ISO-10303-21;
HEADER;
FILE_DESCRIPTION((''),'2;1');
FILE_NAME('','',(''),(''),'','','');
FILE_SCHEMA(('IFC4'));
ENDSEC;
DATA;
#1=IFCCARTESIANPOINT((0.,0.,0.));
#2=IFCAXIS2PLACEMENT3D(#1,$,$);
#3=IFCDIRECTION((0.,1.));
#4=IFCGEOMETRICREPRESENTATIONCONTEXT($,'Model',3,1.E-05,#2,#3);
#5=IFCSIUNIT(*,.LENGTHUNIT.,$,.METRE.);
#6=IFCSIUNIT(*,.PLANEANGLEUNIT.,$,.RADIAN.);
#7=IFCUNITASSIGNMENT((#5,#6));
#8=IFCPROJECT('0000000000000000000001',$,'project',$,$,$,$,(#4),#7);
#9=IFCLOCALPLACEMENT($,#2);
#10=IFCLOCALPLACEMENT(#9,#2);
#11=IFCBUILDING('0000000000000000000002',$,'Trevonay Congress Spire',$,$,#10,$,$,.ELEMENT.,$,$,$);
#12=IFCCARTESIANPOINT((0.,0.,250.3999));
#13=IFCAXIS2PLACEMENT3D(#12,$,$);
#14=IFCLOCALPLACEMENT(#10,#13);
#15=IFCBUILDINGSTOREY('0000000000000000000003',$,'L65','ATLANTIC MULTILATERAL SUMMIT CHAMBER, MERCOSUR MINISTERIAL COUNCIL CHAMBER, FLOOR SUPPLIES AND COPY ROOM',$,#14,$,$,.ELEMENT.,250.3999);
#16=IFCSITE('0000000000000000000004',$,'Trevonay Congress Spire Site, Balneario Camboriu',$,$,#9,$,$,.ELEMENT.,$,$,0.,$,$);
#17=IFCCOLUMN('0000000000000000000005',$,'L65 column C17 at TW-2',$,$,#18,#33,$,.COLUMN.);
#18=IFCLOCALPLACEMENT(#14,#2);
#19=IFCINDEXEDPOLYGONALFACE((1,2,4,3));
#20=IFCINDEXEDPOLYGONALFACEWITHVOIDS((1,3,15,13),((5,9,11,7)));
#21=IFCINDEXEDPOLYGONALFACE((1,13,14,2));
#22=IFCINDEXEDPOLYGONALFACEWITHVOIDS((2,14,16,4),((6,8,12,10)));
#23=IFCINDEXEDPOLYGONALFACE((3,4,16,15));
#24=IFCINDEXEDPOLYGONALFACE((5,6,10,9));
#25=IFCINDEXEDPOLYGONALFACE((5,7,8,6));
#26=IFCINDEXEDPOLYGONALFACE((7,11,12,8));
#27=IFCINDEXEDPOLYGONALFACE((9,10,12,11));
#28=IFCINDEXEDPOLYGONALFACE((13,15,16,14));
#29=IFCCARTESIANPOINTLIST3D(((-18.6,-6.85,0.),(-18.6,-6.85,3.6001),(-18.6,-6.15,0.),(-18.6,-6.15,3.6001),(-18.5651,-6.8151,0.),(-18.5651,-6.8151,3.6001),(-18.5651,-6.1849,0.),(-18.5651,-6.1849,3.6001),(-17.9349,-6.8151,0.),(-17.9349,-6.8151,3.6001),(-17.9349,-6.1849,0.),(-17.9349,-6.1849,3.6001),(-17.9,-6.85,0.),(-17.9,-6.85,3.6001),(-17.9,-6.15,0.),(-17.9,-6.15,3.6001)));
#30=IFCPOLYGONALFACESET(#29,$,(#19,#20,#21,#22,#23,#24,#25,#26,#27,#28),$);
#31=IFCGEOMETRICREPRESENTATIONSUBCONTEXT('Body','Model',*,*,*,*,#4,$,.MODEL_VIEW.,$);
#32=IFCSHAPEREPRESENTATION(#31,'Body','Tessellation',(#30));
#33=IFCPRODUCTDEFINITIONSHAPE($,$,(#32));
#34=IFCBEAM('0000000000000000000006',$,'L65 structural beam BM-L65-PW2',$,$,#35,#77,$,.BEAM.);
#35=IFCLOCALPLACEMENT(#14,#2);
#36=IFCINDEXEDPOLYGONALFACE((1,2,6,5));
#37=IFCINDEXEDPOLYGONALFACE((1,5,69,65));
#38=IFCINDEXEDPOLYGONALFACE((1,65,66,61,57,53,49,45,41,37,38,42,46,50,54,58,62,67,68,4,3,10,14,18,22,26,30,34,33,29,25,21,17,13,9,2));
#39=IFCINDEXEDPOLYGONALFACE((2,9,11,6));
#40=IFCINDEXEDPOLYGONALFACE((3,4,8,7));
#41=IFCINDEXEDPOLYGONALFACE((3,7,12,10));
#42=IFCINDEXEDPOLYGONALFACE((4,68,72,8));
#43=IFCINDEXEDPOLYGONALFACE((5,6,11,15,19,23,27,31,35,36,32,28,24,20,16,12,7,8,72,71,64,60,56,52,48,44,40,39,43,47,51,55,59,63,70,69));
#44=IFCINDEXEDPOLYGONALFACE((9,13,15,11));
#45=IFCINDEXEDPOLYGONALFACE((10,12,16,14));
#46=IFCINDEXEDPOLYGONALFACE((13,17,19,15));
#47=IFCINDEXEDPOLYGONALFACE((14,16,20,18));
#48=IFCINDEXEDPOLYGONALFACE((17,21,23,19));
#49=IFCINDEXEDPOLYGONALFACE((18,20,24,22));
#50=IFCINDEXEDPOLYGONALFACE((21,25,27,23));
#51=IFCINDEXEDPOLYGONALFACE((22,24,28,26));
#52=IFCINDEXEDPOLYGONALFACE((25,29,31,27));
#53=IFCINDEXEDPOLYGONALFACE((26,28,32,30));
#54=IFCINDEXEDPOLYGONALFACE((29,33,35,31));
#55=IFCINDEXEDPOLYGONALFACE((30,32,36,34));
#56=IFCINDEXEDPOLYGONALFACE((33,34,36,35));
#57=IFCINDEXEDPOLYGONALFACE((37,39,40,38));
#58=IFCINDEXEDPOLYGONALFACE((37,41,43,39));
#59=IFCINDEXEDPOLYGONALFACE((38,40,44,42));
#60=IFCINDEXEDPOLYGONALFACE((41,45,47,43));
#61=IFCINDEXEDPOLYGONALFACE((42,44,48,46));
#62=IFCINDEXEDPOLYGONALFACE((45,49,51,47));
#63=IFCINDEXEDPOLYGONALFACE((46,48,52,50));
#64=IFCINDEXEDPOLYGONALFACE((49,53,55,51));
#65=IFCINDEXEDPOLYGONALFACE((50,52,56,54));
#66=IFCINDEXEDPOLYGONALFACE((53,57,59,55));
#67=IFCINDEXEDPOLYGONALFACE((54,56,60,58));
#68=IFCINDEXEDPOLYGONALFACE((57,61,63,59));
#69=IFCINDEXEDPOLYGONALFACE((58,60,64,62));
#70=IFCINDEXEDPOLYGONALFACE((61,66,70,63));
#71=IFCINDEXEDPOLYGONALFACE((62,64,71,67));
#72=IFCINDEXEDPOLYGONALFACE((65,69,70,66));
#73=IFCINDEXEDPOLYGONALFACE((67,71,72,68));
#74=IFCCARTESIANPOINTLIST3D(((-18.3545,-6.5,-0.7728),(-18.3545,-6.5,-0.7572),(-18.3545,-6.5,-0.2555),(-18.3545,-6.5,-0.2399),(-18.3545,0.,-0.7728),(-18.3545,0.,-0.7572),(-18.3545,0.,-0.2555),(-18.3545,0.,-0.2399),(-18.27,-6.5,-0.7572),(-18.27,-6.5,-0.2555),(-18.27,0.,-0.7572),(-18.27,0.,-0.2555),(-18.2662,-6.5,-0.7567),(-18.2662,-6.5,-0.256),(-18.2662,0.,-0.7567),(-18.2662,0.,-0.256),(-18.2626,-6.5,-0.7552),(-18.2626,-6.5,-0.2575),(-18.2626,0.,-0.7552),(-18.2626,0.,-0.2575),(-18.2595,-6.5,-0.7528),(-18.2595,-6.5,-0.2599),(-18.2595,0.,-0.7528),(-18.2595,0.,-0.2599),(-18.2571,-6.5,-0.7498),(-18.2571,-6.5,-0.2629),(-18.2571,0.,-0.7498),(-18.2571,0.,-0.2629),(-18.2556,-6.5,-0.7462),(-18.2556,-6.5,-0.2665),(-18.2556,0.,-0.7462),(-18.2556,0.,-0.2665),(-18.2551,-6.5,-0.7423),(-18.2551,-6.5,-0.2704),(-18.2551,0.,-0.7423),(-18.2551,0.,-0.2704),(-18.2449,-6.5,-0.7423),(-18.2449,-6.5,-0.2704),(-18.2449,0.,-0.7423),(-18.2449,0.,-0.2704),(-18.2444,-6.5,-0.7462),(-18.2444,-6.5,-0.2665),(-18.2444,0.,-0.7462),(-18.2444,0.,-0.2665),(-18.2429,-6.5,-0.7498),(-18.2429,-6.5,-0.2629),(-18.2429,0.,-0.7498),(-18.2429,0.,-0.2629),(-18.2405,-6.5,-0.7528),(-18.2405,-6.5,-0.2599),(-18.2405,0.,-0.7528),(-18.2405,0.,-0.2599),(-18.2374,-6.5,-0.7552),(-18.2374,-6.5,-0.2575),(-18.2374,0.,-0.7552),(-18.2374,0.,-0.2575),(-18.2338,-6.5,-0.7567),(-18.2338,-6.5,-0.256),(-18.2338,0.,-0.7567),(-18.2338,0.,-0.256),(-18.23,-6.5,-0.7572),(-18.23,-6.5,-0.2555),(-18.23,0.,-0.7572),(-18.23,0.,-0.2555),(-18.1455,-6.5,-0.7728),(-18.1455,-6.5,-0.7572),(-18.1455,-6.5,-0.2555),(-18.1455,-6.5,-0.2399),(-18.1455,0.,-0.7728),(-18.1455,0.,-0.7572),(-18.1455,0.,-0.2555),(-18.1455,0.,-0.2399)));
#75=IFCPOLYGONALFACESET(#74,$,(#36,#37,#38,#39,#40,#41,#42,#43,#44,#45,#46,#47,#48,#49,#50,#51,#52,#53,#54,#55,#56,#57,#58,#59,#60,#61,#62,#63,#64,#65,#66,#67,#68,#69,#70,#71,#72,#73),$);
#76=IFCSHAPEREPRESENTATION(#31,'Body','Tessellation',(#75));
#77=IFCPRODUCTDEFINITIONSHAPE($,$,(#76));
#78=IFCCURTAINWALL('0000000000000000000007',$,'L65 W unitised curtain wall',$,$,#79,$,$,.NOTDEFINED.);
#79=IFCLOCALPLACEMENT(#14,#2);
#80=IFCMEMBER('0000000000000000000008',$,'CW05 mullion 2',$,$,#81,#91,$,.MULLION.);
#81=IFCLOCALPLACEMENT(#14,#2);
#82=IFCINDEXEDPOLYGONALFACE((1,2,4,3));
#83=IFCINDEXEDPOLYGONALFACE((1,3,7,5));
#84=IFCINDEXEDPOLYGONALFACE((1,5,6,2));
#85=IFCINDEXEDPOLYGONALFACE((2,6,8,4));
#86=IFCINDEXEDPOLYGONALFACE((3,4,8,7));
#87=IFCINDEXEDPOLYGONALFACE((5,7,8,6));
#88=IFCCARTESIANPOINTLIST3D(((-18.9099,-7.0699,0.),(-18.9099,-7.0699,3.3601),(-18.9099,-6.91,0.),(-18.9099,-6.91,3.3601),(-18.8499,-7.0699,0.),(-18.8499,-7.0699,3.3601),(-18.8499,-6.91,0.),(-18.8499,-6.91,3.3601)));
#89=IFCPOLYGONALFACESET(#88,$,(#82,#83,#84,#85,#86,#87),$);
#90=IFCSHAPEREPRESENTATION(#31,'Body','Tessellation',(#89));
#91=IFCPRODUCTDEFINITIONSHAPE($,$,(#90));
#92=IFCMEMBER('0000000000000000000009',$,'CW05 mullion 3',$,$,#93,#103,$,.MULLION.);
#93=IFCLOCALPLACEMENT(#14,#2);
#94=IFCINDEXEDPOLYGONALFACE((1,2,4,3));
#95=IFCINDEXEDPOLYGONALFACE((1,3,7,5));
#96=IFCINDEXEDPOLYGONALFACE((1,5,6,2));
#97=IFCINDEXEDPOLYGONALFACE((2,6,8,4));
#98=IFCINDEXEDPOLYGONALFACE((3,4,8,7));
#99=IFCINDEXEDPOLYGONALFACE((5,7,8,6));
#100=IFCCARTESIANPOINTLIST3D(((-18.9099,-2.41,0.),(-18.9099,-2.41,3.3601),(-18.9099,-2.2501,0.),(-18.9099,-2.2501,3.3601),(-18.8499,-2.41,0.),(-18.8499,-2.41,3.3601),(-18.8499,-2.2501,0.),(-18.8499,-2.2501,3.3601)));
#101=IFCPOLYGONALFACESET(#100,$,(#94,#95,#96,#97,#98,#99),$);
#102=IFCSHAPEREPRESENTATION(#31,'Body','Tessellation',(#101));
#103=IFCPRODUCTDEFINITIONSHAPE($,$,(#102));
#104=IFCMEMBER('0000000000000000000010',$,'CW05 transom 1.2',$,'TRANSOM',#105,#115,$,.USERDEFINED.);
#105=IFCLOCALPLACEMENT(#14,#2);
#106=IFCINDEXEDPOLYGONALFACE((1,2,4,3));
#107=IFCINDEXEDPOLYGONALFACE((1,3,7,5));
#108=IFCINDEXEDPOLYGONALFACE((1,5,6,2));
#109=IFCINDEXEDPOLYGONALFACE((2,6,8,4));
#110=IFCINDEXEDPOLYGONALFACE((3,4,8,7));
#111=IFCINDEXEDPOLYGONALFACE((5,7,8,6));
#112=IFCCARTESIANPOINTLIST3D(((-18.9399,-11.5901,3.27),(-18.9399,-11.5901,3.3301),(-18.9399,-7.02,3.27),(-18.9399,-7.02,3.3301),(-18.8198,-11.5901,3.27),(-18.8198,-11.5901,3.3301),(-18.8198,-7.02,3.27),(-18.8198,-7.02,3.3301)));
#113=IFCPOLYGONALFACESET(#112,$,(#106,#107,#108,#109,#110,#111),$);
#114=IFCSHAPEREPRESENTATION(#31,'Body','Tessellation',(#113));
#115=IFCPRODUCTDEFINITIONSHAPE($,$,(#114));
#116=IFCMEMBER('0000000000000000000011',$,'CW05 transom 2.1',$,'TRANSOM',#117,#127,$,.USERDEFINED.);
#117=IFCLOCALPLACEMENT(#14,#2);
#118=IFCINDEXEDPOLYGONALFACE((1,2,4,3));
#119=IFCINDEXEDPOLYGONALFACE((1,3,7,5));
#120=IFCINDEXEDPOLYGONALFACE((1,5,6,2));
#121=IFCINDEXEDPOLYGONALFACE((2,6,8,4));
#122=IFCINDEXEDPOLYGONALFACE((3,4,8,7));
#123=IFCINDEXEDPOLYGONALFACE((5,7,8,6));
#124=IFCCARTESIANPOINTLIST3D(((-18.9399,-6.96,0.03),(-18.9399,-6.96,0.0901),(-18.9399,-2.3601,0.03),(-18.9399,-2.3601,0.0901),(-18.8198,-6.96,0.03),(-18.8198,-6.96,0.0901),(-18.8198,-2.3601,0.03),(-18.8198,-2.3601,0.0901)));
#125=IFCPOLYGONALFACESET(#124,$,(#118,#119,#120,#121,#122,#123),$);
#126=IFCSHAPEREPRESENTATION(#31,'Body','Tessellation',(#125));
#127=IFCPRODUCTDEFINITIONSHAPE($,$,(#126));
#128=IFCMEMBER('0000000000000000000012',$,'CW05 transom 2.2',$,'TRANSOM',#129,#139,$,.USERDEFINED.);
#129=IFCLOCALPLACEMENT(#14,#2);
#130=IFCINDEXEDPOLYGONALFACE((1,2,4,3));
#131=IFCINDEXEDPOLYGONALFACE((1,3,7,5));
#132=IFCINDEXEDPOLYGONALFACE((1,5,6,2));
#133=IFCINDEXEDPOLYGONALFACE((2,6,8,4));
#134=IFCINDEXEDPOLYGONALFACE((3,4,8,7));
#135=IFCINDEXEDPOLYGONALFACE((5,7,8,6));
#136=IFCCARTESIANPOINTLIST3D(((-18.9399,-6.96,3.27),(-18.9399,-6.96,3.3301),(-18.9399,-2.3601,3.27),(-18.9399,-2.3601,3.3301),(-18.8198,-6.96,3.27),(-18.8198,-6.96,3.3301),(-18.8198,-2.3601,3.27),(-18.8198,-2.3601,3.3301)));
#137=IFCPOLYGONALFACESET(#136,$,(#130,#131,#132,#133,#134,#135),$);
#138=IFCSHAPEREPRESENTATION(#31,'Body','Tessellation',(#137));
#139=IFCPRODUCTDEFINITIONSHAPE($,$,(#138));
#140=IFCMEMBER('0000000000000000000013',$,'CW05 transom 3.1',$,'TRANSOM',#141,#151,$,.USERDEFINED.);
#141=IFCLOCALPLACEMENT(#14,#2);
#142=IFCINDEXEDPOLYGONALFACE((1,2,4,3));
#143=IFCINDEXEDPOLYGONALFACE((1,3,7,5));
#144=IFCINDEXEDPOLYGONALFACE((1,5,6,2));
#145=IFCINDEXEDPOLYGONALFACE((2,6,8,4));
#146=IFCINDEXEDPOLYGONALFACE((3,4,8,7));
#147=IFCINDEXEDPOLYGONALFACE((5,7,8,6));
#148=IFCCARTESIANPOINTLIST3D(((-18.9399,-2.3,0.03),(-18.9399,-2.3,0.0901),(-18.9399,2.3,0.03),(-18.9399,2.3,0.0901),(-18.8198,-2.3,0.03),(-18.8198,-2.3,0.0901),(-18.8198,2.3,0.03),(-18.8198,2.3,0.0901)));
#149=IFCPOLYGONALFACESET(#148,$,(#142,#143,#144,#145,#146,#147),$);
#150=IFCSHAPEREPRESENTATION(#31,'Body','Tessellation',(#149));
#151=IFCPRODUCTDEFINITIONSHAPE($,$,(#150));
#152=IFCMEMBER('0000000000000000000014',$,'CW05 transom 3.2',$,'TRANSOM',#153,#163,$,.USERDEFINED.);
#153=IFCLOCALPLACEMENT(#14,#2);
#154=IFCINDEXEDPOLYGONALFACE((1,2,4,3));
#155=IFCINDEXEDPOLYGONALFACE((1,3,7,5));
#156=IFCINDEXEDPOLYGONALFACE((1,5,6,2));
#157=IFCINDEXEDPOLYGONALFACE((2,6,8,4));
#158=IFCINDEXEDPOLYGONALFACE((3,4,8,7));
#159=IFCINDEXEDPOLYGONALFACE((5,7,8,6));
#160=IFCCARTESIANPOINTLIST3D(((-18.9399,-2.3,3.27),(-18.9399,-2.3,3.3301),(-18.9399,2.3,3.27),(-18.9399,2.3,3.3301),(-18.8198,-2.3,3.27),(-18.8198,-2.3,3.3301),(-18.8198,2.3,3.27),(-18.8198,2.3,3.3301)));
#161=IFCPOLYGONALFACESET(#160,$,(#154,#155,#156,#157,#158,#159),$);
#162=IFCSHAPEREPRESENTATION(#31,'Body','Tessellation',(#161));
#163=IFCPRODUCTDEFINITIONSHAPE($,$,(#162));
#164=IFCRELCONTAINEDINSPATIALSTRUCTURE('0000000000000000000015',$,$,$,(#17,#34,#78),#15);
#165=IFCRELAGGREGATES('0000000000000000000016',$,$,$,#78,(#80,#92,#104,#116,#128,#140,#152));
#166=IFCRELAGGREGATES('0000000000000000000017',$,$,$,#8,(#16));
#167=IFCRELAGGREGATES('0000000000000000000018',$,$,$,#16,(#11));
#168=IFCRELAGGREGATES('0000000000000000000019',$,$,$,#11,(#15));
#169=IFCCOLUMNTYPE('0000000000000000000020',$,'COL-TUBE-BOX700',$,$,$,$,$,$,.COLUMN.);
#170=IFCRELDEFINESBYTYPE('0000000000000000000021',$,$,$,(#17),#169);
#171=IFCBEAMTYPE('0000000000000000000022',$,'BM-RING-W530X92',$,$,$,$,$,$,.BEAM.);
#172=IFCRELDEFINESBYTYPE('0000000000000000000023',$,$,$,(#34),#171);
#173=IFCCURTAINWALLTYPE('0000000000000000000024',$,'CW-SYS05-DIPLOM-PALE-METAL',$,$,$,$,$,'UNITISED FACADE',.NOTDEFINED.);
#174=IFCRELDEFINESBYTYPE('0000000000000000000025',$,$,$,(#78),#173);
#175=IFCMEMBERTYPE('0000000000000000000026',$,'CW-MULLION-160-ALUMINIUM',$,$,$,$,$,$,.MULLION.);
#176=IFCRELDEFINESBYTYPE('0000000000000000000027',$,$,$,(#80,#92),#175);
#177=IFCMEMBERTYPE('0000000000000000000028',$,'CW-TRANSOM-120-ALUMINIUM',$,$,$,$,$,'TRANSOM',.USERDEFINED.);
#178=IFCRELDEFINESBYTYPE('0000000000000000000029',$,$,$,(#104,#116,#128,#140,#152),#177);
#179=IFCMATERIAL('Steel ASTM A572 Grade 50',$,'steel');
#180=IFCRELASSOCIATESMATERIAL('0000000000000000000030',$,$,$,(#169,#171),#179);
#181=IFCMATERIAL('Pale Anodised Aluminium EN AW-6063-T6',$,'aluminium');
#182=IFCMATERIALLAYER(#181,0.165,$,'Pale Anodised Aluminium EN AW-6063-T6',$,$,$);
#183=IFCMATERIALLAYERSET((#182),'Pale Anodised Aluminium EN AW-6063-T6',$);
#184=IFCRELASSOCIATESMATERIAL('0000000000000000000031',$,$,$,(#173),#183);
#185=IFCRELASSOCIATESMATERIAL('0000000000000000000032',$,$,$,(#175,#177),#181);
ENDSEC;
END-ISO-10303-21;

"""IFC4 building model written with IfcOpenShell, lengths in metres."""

from ifc_helpers import new_model, si_unit, direction, frame, origin, origin_2d, place, context, subcontext, project, spatial, rectangle, hollow_rectangle, i_section, extrude, material, layer, layer_set, material_profile, profile_set, type_object, element, aggregate, save


model = new_model("IFC4")

# Units and contexts
model_context = context("Model", 3, precision=1e-05, world=origin(), true_north=direction((0.0, 1.0)))
body_context = subcontext(model_context, "Body", "Model", "MODEL_VIEW")
ifc_project = project(units=[si_unit("LENGTHUNIT", "METRE"), si_unit("PLANEANGLEUNIT", "RADIAN")], contexts=[model_context])

# Site, building, storey
site_placement = place(None, origin())
site = spatial("IfcSite", under=ifc_project, at=site_placement, Name="Trevonay Congress Spire Site, Balneario Camboriu", CompositionType="ELEMENT", RefElevation=0.0)
building_placement = place(site_placement, origin())
building = spatial("IfcBuilding", under=site, at=building_placement, Name="Trevonay Congress Spire", CompositionType="ELEMENT")
storey_placement = place(building_placement, frame((0.0, 0.0, 250.3999)))
storey = spatial("IfcBuildingStorey", under=building, at=storey_placement, Name="L65", Description="ATLANTIC MULTILATERAL SUMMIT CHAMBER, MERCOSUR MINISTERIAL COUNCIL CHAMBER, FLOOR SUPPLIES AND COPY ROOM", CompositionType="ELEMENT", Elevation=250.3999)

# Column
ifc_material_1 = material(Name="Steel ASTM A572 Grade 50", Category="steel")
ifc_material_profile_1 = material_profile(ifc_material_1, hollow_rectangle(XDim=0.7, YDim=0.7, WallThickness=0.0349, at=origin_2d()), Name="BOX 700x700x35")
ifc_profile_set_1 = profile_set([ifc_material_profile_1], Name="Steel ASTM A572 Grade 50")
column_type = type_object("IfcColumnType", Name="COL-TUBE-BOX700", PredefinedType="COLUMN", material=ifc_profile_set_1)
column_placement = place(storey_placement, frame((-18.25, -6.5, 0.0), z_axis=(0.0, 0.0, 1.0), x_axis=(1.0, 0.0, 0.0)))
element("IfcColumn", 1, at=column_placement, inside=storey, type_object=column_type, Name="L65 column C17 at TW-2", PredefinedType="COLUMN", context=body_context, shape_type="SweptSolid", body=[
    extrude(hollow_rectangle(XDim=0.7, YDim=0.7, WallThickness=0.0349, at=origin_2d()), origin(), (0.0, 0.0, 1.0), 3.6001),
])

# Beam
ifc_material_profile_2 = material_profile(ifc_material_1, i_section(OverallWidth=0.209, OverallDepth=0.533, WebThickness=0.0103, FlangeThickness=0.0156, FilletRadius=0.0149, at=origin_2d()), Name="W530x92")
ifc_profile_set_2 = profile_set([ifc_material_profile_2], Name="Steel ASTM A572 Grade 50")
beam_type_1 = type_object("IfcBeamType", Name="BM-RING-W530X92", PredefinedType="BEAM", material=ifc_profile_set_2)
beam_1_placement = place(storey_placement, frame((-18.25, -6.5, -0.5063), z_axis=(0.0, 1.0, 0.0), x_axis=(-1.0, 0.0, 0.0)))
element("IfcBeam", 2, at=beam_1_placement, inside=storey, type_object=beam_type_1, Name="L65 structural beam BM-L65-PW2", PredefinedType="BEAM", context=body_context, shape_type="SweptSolid", body=[
    extrude(i_section(OverallWidth=0.209, OverallDepth=0.533, WebThickness=0.0103, FlangeThickness=0.0156, FilletRadius=0.0149, at=origin_2d()), origin(), (0.0, 0.0, 1.0), 6.5),
])

# Curtain wall, members
ifc_material_2 = material(Name="Pale Anodised Aluminium EN AW-6063-T6", Category="aluminium")
ifc_layer_1 = layer(ifc_material_2, 0.165, Name="Pale Anodised Aluminium EN AW-6063-T6")
ifc_layer_set_1 = layer_set([ifc_layer_1], Name="Pale Anodised Aluminium EN AW-6063-T6")
curtain_wall_type = type_object("IfcCurtainWallType", Name="CW-SYS05-DIPLOM-PALE-METAL", ElementType="UNITISED FACADE", PredefinedType="NOTDEFINED", material=ifc_layer_set_1)
curtain_wall_placement = place(storey_placement, origin())
curtain_wall = element("IfcCurtainWall", 3, at=curtain_wall_placement, inside=storey, type_object=curtain_wall_type, Name="L65 W unitised curtain wall", PredefinedType="NOTDEFINED")
ifc_material_profile_3 = material_profile(ifc_material_2, rectangle(XDim=0.0601, YDim=0.1599, at=origin_2d()), Name="CW-MULLION-160-ALUMINIUM")
ifc_profile_set_3 = profile_set([ifc_material_profile_3], Name="Pale Anodised Aluminium EN AW-6063-T6")
member_type_1 = type_object("IfcMemberType", Name="CW-MULLION-160-ALUMINIUM", PredefinedType="MULLION", material=ifc_profile_set_3)
member_1_placement = place(storey_placement, frame((-18.8799, -6.99, 0.0), z_axis=(0.0, 0.0, 1.0), x_axis=(-1.0, 0.0, 0.0)))
member_1 = element("IfcMember", 4, at=member_1_placement, type_object=member_type_1, Name="CW05 mullion 2", PredefinedType="MULLION", context=body_context, shape_type="SweptSolid", body=[
    extrude(rectangle(XDim=0.0601, YDim=0.1599, at=origin_2d()), origin(), (0.0, 0.0, 1.0), 3.3601),
])
member_2_placement = place(storey_placement, frame((-18.8799, -2.3301, 0.0), z_axis=(0.0, 0.0, 1.0), x_axis=(-1.0, 0.0, 0.0)))
member_2 = element("IfcMember", 5, at=member_2_placement, type_object=member_type_1, Name="CW05 mullion 3", PredefinedType="MULLION", context=body_context, shape_type="SweptSolid", body=[
    extrude(rectangle(XDim=0.0601, YDim=0.1599, at=origin_2d()), origin(), (0.0, 0.0, 1.0), 3.3601),
])
ifc_material_profile_4 = material_profile(ifc_material_2, rectangle(XDim=0.1201, YDim=0.0601, at=origin_2d()), Name="CW-TRANSOM-120-ALUMINIUM")
ifc_profile_set_4 = profile_set([ifc_material_profile_4], Name="Pale Anodised Aluminium EN AW-6063-T6")
member_type_2 = type_object("IfcMemberType", Name="CW-TRANSOM-120-ALUMINIUM", ElementType="TRANSOM", PredefinedType="USERDEFINED", material=ifc_profile_set_4)
member_3_placement = place(storey_placement, frame((-18.8799, -11.5901, 3.3), z_axis=(0.0, 1.0, 0.0), x_axis=(-1.0, 0.0, 0.0)))
member_3 = element("IfcMember", 6, at=member_3_placement, type_object=member_type_2, Name="CW05 transom 1.2", ObjectType="TRANSOM", PredefinedType="USERDEFINED", context=body_context, shape_type="SweptSolid", body=[
    extrude(rectangle(XDim=0.1201, YDim=0.0601, at=origin_2d()), origin(), (0.0, 0.0, 1.0), 4.5701),
])
member_4_placement = place(storey_placement, frame((-18.8799, -6.96, 0.0601), z_axis=(0.0, 1.0, 0.0), x_axis=(-1.0, 0.0, 0.0)))
member_4 = element("IfcMember", 7, at=member_4_placement, type_object=member_type_2, Name="CW05 transom 2.1", ObjectType="TRANSOM", PredefinedType="USERDEFINED", context=body_context, shape_type="SweptSolid", body=[
    extrude(rectangle(XDim=0.1201, YDim=0.0601, at=origin_2d()), origin(), (0.0, 0.0, 1.0), 4.5999),
])
member_5_placement = place(storey_placement, frame((-18.8799, -6.96, 3.3), z_axis=(0.0, 1.0, 0.0), x_axis=(-1.0, 0.0, 0.0)))
member_5 = element("IfcMember", 8, at=member_5_placement, type_object=member_type_2, Name="CW05 transom 2.2", ObjectType="TRANSOM", PredefinedType="USERDEFINED", context=body_context, shape_type="SweptSolid", body=[
    extrude(rectangle(XDim=0.1201, YDim=0.0601, at=origin_2d()), origin(), (0.0, 0.0, 1.0), 4.5999),
])
member_6_placement = place(storey_placement, frame((-18.8799, -2.3, 0.0601), z_axis=(0.0, 1.0, 0.0), x_axis=(-1.0, 0.0, 0.0)))
member_6 = element("IfcMember", 9, at=member_6_placement, type_object=member_type_2, Name="CW05 transom 3.1", ObjectType="TRANSOM", PredefinedType="USERDEFINED", context=body_context, shape_type="SweptSolid", body=[
    extrude(rectangle(XDim=0.1201, YDim=0.0601, at=origin_2d()), origin(), (0.0, 0.0, 1.0), 4.6001),
])
member_7_placement = place(storey_placement, frame((-18.8799, -2.3, 3.3), z_axis=(0.0, 1.0, 0.0), x_axis=(-1.0, 0.0, 0.0)))
member_7 = element("IfcMember", 10, at=member_7_placement, type_object=member_type_2, Name="CW05 transom 3.2", ObjectType="TRANSOM", PredefinedType="USERDEFINED", context=body_context, shape_type="SweptSolid", body=[
    extrude(rectangle(XDim=0.1201, YDim=0.0601, at=origin_2d()), origin(), (0.0, 0.0, 1.0), 4.6001),
])

aggregate(curtain_wall, [member_1, member_2, member_3, member_4, member_5, member_6, member_7])

save(model, "model.ifc")
